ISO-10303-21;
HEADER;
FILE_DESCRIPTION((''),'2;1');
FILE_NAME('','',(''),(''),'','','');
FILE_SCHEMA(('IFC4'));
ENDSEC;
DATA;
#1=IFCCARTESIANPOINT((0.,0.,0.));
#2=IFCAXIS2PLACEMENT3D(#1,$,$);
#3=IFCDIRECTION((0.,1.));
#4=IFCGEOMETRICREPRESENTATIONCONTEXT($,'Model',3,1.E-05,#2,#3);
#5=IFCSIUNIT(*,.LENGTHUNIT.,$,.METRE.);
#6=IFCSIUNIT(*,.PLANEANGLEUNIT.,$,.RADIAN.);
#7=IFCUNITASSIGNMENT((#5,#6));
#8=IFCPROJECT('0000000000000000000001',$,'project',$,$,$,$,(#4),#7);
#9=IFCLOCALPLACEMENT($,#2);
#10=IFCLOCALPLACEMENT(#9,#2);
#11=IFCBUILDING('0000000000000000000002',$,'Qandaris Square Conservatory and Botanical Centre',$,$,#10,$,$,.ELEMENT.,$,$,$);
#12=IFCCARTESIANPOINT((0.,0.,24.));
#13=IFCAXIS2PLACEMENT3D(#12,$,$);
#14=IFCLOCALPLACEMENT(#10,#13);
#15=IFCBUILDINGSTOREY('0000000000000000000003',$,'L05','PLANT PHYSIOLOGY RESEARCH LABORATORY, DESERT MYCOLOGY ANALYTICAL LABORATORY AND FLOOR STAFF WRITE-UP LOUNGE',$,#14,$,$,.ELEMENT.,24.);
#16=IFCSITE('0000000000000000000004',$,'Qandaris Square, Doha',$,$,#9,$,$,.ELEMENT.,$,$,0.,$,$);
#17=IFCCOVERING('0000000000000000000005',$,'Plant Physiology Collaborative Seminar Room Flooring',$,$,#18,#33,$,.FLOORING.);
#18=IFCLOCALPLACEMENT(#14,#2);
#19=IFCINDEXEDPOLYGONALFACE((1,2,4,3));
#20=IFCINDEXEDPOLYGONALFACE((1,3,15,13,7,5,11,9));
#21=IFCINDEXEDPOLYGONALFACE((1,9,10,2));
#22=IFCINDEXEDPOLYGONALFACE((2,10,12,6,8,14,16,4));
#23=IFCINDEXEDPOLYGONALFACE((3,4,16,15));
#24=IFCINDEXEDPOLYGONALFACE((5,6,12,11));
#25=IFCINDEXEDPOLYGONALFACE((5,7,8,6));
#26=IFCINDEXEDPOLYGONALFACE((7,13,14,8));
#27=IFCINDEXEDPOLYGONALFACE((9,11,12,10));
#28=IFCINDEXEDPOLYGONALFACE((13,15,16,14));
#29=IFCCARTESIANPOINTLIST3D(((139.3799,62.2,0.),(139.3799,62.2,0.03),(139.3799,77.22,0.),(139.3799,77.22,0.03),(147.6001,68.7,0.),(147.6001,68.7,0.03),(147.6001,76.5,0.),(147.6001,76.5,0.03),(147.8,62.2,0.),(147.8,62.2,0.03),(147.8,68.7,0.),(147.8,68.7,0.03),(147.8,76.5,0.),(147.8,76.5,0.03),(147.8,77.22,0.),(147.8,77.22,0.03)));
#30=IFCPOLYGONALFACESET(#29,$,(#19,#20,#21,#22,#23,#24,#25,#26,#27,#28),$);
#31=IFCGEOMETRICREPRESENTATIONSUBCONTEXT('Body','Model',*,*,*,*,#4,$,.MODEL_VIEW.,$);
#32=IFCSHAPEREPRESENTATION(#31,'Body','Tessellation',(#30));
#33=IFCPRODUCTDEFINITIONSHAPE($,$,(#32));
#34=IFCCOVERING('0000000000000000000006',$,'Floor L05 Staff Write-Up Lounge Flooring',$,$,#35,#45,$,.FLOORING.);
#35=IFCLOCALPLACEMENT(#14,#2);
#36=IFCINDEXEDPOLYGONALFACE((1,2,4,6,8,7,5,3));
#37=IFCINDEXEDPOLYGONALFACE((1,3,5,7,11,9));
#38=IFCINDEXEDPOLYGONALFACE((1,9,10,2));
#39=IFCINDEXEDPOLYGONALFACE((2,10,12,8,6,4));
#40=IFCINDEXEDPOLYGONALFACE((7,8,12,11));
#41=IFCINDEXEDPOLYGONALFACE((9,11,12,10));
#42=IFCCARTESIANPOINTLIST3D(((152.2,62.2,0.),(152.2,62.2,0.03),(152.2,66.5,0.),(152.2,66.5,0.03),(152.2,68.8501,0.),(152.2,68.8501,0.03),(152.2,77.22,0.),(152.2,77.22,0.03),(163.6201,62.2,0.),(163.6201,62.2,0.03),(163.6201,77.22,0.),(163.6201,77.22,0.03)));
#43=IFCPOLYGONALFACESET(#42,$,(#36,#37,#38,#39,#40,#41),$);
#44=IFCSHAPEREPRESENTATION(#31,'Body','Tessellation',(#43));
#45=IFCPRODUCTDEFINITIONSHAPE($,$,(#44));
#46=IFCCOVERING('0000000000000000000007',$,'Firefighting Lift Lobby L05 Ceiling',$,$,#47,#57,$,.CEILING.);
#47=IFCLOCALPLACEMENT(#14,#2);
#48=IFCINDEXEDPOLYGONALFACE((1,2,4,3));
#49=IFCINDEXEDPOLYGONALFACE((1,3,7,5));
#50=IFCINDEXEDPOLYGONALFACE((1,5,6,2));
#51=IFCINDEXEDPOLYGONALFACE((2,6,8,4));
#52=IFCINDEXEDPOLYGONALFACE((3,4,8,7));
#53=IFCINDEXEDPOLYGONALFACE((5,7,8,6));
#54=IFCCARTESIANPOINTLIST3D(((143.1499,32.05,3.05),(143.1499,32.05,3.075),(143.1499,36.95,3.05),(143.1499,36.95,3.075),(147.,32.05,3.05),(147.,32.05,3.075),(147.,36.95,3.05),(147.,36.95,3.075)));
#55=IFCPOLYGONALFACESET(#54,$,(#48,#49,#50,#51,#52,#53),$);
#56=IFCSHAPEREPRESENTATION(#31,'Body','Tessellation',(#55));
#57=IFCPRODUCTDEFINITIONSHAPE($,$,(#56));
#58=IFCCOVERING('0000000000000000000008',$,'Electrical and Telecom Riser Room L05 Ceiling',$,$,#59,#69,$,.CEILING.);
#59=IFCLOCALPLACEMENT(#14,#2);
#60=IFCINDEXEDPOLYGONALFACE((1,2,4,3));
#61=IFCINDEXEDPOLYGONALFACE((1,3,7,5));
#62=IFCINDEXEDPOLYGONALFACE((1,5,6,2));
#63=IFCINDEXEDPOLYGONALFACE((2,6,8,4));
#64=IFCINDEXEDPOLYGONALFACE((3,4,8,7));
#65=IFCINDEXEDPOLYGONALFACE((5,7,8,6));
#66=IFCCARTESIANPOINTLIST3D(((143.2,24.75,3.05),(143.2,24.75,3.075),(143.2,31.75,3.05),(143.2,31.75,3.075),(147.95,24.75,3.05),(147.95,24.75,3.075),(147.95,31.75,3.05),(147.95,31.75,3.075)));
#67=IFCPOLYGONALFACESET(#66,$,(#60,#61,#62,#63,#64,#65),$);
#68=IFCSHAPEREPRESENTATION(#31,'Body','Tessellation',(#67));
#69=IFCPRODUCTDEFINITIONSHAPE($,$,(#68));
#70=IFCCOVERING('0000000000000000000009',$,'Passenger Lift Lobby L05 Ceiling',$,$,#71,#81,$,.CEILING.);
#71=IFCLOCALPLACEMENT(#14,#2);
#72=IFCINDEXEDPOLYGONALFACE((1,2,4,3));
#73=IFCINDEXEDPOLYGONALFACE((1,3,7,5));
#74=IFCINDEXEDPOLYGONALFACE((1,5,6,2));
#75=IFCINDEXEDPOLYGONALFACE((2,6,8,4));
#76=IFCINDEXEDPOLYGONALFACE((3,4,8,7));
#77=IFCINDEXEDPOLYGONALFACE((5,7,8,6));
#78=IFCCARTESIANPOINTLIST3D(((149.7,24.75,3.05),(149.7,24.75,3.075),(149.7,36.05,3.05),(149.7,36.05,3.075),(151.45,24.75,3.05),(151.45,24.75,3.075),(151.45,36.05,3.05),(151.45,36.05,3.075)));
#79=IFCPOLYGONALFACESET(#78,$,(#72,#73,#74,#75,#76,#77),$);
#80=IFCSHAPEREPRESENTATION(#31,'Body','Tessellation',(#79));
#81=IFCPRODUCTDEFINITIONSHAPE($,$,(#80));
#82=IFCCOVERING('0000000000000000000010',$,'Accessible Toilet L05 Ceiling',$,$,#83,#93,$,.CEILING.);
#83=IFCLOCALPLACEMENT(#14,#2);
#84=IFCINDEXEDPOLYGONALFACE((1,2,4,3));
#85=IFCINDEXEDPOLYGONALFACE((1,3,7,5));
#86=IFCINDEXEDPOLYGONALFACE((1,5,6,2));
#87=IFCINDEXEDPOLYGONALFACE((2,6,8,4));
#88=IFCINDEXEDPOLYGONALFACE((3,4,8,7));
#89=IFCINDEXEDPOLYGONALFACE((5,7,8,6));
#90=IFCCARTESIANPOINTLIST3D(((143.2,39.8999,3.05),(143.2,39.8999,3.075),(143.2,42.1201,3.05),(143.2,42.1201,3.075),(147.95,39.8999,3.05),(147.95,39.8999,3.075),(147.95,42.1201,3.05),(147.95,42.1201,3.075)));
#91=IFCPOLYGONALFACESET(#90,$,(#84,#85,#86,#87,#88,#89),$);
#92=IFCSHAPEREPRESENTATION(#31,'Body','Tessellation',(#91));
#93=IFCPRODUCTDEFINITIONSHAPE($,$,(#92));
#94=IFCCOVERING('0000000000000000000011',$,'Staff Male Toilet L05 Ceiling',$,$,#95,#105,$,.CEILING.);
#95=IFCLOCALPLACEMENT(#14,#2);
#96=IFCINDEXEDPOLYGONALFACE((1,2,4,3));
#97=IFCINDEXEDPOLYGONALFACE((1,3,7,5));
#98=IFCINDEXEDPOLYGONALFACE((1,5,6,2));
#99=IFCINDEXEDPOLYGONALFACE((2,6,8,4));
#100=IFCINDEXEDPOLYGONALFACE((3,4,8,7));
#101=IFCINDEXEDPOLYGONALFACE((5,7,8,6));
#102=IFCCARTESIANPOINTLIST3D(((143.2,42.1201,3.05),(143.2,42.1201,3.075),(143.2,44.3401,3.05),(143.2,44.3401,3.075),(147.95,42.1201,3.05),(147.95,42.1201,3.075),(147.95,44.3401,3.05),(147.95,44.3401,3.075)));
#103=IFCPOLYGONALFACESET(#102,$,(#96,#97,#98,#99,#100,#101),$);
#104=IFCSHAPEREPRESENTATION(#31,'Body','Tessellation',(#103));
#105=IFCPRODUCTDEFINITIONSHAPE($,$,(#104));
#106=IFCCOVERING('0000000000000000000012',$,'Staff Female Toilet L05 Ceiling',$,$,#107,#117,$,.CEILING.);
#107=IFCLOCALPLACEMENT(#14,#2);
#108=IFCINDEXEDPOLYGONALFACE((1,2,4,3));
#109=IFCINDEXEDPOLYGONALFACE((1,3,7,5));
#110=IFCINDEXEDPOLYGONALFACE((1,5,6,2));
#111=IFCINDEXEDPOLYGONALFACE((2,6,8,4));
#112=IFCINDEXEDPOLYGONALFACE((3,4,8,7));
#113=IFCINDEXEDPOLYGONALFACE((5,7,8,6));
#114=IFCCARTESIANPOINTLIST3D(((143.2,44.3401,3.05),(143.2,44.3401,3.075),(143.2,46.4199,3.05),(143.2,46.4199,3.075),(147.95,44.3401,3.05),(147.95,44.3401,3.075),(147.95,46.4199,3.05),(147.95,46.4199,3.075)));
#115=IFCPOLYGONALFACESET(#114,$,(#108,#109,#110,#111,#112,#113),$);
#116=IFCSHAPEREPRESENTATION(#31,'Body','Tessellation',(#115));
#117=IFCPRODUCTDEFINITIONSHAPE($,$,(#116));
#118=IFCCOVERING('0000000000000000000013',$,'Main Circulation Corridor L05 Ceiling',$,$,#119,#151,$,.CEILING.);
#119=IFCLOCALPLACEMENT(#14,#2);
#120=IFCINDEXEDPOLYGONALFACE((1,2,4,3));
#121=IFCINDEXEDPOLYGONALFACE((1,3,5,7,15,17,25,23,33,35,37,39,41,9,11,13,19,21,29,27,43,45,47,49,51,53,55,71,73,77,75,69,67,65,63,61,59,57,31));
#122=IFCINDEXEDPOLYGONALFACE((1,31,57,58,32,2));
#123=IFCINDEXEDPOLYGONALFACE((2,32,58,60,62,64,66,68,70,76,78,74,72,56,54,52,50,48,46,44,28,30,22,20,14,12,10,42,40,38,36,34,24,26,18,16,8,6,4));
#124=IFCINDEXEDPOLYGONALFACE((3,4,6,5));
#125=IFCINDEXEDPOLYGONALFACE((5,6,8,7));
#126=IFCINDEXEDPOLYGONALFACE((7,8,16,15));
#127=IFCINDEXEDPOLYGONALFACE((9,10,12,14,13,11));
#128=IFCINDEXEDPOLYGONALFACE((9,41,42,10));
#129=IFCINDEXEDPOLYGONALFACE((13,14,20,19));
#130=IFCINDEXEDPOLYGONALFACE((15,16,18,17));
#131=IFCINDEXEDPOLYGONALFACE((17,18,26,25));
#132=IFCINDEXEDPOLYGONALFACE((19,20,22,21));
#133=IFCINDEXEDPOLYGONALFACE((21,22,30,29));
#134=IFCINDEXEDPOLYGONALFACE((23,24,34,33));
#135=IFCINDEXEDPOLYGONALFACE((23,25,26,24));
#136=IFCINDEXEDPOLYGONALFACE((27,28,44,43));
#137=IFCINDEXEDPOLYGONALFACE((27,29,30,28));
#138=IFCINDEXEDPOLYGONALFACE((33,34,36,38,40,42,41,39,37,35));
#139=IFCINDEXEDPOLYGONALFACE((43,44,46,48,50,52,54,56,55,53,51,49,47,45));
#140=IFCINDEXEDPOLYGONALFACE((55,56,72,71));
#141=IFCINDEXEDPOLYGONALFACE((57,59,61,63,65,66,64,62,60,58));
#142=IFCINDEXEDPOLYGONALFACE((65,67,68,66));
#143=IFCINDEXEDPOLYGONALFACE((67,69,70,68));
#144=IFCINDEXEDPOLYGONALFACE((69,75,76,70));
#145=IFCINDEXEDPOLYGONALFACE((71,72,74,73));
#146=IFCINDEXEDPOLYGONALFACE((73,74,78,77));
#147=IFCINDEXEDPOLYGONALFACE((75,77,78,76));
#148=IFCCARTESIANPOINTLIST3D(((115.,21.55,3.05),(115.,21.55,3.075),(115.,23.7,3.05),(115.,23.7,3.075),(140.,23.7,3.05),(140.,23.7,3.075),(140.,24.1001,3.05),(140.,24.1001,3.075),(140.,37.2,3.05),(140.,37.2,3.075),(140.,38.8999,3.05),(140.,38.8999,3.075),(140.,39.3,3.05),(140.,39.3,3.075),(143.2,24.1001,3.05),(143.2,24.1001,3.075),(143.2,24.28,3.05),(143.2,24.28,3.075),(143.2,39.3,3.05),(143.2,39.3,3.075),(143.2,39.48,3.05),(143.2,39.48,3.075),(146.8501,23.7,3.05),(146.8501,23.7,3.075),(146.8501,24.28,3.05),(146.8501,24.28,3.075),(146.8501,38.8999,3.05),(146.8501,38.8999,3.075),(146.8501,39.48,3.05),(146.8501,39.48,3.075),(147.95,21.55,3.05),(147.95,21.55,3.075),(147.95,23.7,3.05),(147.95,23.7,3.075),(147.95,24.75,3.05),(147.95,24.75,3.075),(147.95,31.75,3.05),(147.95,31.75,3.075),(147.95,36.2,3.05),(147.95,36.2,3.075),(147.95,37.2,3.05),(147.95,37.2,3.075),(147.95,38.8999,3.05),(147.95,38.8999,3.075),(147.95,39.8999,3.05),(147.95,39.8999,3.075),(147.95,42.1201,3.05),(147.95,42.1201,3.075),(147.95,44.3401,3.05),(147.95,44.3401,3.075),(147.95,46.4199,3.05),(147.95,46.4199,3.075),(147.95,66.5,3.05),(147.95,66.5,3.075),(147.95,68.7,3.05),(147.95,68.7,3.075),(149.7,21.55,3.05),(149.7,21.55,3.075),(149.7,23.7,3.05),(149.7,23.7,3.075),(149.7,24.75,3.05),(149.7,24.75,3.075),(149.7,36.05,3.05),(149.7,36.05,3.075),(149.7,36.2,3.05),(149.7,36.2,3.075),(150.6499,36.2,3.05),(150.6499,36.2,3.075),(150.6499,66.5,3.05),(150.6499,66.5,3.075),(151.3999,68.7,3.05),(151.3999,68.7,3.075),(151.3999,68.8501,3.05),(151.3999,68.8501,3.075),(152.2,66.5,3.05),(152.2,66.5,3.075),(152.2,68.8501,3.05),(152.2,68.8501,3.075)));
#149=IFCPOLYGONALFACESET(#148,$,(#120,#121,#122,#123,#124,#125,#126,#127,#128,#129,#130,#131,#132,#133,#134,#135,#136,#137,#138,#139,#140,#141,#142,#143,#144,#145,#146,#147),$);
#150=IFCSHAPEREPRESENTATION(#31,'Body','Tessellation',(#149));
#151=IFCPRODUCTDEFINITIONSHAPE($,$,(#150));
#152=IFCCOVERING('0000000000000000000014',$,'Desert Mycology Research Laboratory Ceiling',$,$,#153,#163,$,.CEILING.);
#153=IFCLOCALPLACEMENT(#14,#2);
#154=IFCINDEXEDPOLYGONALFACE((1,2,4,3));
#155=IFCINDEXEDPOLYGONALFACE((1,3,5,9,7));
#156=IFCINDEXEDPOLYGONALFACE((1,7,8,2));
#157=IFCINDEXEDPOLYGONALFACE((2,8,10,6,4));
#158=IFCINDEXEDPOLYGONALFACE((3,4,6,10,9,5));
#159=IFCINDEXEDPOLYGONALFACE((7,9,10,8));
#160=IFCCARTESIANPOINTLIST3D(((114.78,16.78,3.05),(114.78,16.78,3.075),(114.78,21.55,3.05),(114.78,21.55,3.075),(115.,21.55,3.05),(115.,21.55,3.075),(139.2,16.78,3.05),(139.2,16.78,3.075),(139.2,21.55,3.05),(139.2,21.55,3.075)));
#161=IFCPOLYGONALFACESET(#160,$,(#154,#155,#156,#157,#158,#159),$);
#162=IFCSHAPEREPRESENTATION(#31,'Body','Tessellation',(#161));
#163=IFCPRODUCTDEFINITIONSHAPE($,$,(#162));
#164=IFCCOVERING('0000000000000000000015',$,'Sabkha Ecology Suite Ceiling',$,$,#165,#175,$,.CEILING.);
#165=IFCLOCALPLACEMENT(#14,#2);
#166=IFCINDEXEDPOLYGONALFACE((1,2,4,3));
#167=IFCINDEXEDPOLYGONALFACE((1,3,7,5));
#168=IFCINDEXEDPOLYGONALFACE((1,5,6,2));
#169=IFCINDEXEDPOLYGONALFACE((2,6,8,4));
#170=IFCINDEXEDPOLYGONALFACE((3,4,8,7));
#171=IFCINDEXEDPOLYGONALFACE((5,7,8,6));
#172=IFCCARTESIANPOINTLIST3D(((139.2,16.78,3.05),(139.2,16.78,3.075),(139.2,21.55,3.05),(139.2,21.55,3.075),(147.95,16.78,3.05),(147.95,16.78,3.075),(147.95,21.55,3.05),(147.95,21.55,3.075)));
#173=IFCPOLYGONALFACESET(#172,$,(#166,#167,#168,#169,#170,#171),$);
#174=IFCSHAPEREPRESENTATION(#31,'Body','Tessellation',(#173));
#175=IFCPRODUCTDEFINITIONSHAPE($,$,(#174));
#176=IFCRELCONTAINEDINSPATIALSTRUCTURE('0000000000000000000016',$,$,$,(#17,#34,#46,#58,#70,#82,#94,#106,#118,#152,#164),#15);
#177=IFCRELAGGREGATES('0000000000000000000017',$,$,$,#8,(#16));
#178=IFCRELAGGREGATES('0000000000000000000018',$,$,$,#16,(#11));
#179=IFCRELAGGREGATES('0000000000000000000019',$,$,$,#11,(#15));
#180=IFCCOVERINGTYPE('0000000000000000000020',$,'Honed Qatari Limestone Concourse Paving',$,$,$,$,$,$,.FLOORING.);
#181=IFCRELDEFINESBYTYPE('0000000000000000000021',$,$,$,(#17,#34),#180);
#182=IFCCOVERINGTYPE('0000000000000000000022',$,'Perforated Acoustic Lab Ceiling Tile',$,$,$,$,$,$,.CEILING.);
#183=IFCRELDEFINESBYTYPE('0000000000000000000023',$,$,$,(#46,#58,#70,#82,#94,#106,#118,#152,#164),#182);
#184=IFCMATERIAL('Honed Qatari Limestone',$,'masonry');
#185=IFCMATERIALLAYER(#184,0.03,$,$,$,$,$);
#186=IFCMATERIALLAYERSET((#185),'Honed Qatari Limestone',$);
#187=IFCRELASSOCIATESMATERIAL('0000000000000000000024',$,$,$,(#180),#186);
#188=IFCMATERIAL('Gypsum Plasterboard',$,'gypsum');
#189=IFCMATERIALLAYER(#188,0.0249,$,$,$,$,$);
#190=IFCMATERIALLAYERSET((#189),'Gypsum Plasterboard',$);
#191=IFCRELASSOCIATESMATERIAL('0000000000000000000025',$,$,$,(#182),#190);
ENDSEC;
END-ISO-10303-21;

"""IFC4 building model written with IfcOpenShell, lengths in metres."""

from ifc_helpers import new_model, si_unit, direction, frame, origin, place, context, subcontext, project, spatial, polyline, outline, extrude, material, layer, layer_set, type_object, element, save


model = new_model("IFC4")

# Units and contexts
model_context = context("Model", 3, precision=1e-05, world=origin(), true_north=direction((0.0, 1.0)))
body_context = subcontext(model_context, "Body", "Model", "MODEL_VIEW")
ifc_project = project(units=[si_unit("LENGTHUNIT", "METRE"), si_unit("PLANEANGLEUNIT", "RADIAN")], contexts=[model_context])

# Site, building, storey
site_placement = place(None, origin())
site = spatial("IfcSite", under=ifc_project, at=site_placement, Name="Qandaris Square, Doha", CompositionType="ELEMENT", RefElevation=0.0)
building_placement = place(site_placement, origin())
building = spatial("IfcBuilding", under=site, at=building_placement, Name="Qandaris Square Conservatory and Botanical Centre", CompositionType="ELEMENT")
storey_placement = place(building_placement, frame((0.0, 0.0, 24.0)))
storey = spatial("IfcBuildingStorey", under=building, at=storey_placement, Name="L05", Description="PLANT PHYSIOLOGY RESEARCH LABORATORY, DESERT MYCOLOGY ANALYTICAL LABORATORY AND FLOOR STAFF WRITE-UP LOUNGE", CompositionType="ELEMENT", Elevation=24.0)

# Coverings
ifc_material_1 = material(Name="Honed Qatari Limestone", Category="masonry")
ifc_layer_1 = layer(ifc_material_1, 0.03)
ifc_layer_set_1 = layer_set([ifc_layer_1], Name="Honed Qatari Limestone")
covering_type_1 = type_object("IfcCoveringType", Name="Honed Qatari Limestone Concourse Paving", PredefinedType="FLOORING", material=ifc_layer_set_1)
covering_1_placement = place(storey_placement, origin())
element("IfcCovering", 1, at=covering_1_placement, inside=storey, type_object=covering_type_1, Name="Plant Physiology Collaborative Seminar Room Flooring", PredefinedType="FLOORING", context=body_context, shape_type="SweptSolid", body=[
    extrude(outline(polyline([(147.8, 76.5), (147.6001, 76.5), (147.6001, 68.7), (147.8, 68.7), (147.8, 62.2), (139.3799, 62.2), (139.3799, 77.22), (147.8, 77.22), (147.8, 76.5)])), origin(), (0.0, 0.0, 1.0), 0.03),
])
covering_2_placement = place(storey_placement, origin())
element("IfcCovering", 2, at=covering_2_placement, inside=storey, type_object=covering_type_1, Name="Floor L05 Staff Write-Up Lounge Flooring", PredefinedType="FLOORING", context=body_context, shape_type="SweptSolid", body=[
    extrude(outline(polyline([(152.2, 62.2), (152.2, 66.5), (152.2, 68.8501), (152.2, 77.22), (163.6201, 77.22), (163.6201, 62.2), (152.2, 62.2)])), origin(), (0.0, 0.0, 1.0), 0.03),
])
ifc_material_2 = material(Name="Gypsum Plasterboard", Category="gypsum")
ifc_layer_2 = layer(ifc_material_2, 0.0249)
ifc_layer_set_2 = layer_set([ifc_layer_2], Name="Gypsum Plasterboard")
covering_type_2 = type_object("IfcCoveringType", Name="Perforated Acoustic Lab Ceiling Tile", PredefinedType="CEILING", material=ifc_layer_set_2)
covering_3_placement = place(storey_placement, frame((0.0, 0.0, 3.05)))
element("IfcCovering", 3, at=covering_3_placement, inside=storey, type_object=covering_type_2, Name="Firefighting Lift Lobby L05 Ceiling", PredefinedType="CEILING", context=body_context, shape_type="SweptSolid", body=[
    extrude(outline(polyline([(143.1499, 36.95), (147.0, 36.95), (147.0, 32.05), (143.1499, 32.05), (143.1499, 36.95)])), origin(), (0.0, 0.0, 1.0), 0.0249),
])
covering_4_placement = place(storey_placement, frame((0.0, 0.0, 3.05)))
element("IfcCovering", 4, at=covering_4_placement, inside=storey, type_object=covering_type_2, Name="Electrical and Telecom Riser Room L05 Ceiling", PredefinedType="CEILING", context=body_context, shape_type="SweptSolid", body=[
    extrude(outline(polyline([(147.95, 31.75), (147.95, 24.75), (143.2, 24.75), (143.2, 31.75), (147.95, 31.75)])), origin(), (0.0, 0.0, 1.0), 0.0249),
])
covering_5_placement = place(storey_placement, frame((0.0, 0.0, 3.05)))
element("IfcCovering", 5, at=covering_5_placement, inside=storey, type_object=covering_type_2, Name="Passenger Lift Lobby L05 Ceiling", PredefinedType="CEILING", context=body_context, shape_type="SweptSolid", body=[
    extrude(outline(polyline([(149.7, 36.05), (151.45, 36.05), (151.45, 24.75), (149.7, 24.75), (149.7, 36.05)])), origin(), (0.0, 0.0, 1.0), 0.0249),
])
covering_6_placement = place(storey_placement, frame((0.0, 0.0, 3.05)))
element("IfcCovering", 6, at=covering_6_placement, inside=storey, type_object=covering_type_2, Name="Accessible Toilet L05 Ceiling", PredefinedType="CEILING", context=body_context, shape_type="SweptSolid", body=[
    extrude(outline(polyline([(147.95, 42.1201), (147.95, 39.8999), (143.2, 39.8999), (143.2, 42.1201), (147.95, 42.1201)])), origin(), (0.0, 0.0, 1.0), 0.0249),
])
covering_7_placement = place(storey_placement, frame((0.0, 0.0, 3.05)))
element("IfcCovering", 7, at=covering_7_placement, inside=storey, type_object=covering_type_2, Name="Staff Male Toilet L05 Ceiling", PredefinedType="CEILING", context=body_context, shape_type="SweptSolid", body=[
    extrude(outline(polyline([(147.95, 44.3401), (147.95, 42.1201), (143.2, 42.1201), (143.2, 44.3401), (147.95, 44.3401)])), origin(), (0.0, 0.0, 1.0), 0.0249),
])
covering_8_placement = place(storey_placement, frame((0.0, 0.0, 3.05)))
element("IfcCovering", 8, at=covering_8_placement, inside=storey, type_object=covering_type_2, Name="Staff Female Toilet L05 Ceiling", PredefinedType="CEILING", context=body_context, shape_type="SweptSolid", body=[
    extrude(outline(polyline([(147.95, 46.4199), (147.95, 44.3401), (143.2, 44.3401), (143.2, 46.4199), (147.95, 46.4199)])), origin(), (0.0, 0.0, 1.0), 0.0249),
])
covering_9_placement = place(storey_placement, frame((0.0, 0.0, 3.05)))
element("IfcCovering", 9, at=covering_9_placement, inside=storey, type_object=covering_type_2, Name="Main Circulation Corridor L05 Ceiling", PredefinedType="CEILING", context=body_context, shape_type="SweptSolid", body=[
    extrude(outline(polyline([(140.0, 24.1001), (143.2, 24.1001), (143.2, 24.28), (146.8501, 24.28), (146.8501, 23.7), (147.95, 23.7), (147.95, 24.75), (147.95, 31.75), (147.95, 36.2), (147.95, 37.2), (140.0, 37.2), (140.0, 38.8999), (140.0, 39.3), (143.2, 39.3), (143.2, 39.48), (146.8501, 39.48), (146.8501, 38.8999), (147.95, 38.8999), (147.95, 39.8999), (147.95, 42.1201), (147.95, 44.3401), (147.95, 46.4199), (147.95, 66.5), (147.95, 68.7), (151.3999, 68.7), (151.3999, 68.8501), (152.2, 68.8501), (152.2, 66.5), (150.6499, 66.5), (150.6499, 36.2), (149.7, 36.2), (149.7, 36.05), (149.7, 24.75), (149.7, 23.7), (149.7, 21.55), (147.95, 21.55), (115.0, 21.55), (115.0, 23.7), (140.0, 23.7), (140.0, 24.1001)])), origin(), (0.0, 0.0, 1.0), 0.0249),
])
covering_10_placement = place(storey_placement, frame((0.0, 0.0, 3.05)))
element("IfcCovering", 10, at=covering_10_placement, inside=storey, type_object=covering_type_2, Name="Desert Mycology Research Laboratory Ceiling", PredefinedType="CEILING", context=body_context, shape_type="SweptSolid", body=[
    extrude(outline(polyline([(115.0, 21.55), (139.2, 21.55), (139.2, 16.78), (114.78, 16.78), (114.78, 21.55), (115.0, 21.55)])), origin(), (0.0, 0.0, 1.0), 0.0249),
])
covering_11_placement = place(storey_placement, frame((0.0, 0.0, 3.05)))
element("IfcCovering", 11, at=covering_11_placement, inside=storey, type_object=covering_type_2, Name="Sabkha Ecology Suite Ceiling", PredefinedType="CEILING", context=body_context, shape_type="SweptSolid", body=[
    extrude(outline(polyline([(147.95, 21.55), (147.95, 16.78), (139.2, 16.78), (139.2, 21.55), (147.95, 21.55)])), origin(), (0.0, 0.0, 1.0), 0.0249),
])

save(model, "model.ifc")
